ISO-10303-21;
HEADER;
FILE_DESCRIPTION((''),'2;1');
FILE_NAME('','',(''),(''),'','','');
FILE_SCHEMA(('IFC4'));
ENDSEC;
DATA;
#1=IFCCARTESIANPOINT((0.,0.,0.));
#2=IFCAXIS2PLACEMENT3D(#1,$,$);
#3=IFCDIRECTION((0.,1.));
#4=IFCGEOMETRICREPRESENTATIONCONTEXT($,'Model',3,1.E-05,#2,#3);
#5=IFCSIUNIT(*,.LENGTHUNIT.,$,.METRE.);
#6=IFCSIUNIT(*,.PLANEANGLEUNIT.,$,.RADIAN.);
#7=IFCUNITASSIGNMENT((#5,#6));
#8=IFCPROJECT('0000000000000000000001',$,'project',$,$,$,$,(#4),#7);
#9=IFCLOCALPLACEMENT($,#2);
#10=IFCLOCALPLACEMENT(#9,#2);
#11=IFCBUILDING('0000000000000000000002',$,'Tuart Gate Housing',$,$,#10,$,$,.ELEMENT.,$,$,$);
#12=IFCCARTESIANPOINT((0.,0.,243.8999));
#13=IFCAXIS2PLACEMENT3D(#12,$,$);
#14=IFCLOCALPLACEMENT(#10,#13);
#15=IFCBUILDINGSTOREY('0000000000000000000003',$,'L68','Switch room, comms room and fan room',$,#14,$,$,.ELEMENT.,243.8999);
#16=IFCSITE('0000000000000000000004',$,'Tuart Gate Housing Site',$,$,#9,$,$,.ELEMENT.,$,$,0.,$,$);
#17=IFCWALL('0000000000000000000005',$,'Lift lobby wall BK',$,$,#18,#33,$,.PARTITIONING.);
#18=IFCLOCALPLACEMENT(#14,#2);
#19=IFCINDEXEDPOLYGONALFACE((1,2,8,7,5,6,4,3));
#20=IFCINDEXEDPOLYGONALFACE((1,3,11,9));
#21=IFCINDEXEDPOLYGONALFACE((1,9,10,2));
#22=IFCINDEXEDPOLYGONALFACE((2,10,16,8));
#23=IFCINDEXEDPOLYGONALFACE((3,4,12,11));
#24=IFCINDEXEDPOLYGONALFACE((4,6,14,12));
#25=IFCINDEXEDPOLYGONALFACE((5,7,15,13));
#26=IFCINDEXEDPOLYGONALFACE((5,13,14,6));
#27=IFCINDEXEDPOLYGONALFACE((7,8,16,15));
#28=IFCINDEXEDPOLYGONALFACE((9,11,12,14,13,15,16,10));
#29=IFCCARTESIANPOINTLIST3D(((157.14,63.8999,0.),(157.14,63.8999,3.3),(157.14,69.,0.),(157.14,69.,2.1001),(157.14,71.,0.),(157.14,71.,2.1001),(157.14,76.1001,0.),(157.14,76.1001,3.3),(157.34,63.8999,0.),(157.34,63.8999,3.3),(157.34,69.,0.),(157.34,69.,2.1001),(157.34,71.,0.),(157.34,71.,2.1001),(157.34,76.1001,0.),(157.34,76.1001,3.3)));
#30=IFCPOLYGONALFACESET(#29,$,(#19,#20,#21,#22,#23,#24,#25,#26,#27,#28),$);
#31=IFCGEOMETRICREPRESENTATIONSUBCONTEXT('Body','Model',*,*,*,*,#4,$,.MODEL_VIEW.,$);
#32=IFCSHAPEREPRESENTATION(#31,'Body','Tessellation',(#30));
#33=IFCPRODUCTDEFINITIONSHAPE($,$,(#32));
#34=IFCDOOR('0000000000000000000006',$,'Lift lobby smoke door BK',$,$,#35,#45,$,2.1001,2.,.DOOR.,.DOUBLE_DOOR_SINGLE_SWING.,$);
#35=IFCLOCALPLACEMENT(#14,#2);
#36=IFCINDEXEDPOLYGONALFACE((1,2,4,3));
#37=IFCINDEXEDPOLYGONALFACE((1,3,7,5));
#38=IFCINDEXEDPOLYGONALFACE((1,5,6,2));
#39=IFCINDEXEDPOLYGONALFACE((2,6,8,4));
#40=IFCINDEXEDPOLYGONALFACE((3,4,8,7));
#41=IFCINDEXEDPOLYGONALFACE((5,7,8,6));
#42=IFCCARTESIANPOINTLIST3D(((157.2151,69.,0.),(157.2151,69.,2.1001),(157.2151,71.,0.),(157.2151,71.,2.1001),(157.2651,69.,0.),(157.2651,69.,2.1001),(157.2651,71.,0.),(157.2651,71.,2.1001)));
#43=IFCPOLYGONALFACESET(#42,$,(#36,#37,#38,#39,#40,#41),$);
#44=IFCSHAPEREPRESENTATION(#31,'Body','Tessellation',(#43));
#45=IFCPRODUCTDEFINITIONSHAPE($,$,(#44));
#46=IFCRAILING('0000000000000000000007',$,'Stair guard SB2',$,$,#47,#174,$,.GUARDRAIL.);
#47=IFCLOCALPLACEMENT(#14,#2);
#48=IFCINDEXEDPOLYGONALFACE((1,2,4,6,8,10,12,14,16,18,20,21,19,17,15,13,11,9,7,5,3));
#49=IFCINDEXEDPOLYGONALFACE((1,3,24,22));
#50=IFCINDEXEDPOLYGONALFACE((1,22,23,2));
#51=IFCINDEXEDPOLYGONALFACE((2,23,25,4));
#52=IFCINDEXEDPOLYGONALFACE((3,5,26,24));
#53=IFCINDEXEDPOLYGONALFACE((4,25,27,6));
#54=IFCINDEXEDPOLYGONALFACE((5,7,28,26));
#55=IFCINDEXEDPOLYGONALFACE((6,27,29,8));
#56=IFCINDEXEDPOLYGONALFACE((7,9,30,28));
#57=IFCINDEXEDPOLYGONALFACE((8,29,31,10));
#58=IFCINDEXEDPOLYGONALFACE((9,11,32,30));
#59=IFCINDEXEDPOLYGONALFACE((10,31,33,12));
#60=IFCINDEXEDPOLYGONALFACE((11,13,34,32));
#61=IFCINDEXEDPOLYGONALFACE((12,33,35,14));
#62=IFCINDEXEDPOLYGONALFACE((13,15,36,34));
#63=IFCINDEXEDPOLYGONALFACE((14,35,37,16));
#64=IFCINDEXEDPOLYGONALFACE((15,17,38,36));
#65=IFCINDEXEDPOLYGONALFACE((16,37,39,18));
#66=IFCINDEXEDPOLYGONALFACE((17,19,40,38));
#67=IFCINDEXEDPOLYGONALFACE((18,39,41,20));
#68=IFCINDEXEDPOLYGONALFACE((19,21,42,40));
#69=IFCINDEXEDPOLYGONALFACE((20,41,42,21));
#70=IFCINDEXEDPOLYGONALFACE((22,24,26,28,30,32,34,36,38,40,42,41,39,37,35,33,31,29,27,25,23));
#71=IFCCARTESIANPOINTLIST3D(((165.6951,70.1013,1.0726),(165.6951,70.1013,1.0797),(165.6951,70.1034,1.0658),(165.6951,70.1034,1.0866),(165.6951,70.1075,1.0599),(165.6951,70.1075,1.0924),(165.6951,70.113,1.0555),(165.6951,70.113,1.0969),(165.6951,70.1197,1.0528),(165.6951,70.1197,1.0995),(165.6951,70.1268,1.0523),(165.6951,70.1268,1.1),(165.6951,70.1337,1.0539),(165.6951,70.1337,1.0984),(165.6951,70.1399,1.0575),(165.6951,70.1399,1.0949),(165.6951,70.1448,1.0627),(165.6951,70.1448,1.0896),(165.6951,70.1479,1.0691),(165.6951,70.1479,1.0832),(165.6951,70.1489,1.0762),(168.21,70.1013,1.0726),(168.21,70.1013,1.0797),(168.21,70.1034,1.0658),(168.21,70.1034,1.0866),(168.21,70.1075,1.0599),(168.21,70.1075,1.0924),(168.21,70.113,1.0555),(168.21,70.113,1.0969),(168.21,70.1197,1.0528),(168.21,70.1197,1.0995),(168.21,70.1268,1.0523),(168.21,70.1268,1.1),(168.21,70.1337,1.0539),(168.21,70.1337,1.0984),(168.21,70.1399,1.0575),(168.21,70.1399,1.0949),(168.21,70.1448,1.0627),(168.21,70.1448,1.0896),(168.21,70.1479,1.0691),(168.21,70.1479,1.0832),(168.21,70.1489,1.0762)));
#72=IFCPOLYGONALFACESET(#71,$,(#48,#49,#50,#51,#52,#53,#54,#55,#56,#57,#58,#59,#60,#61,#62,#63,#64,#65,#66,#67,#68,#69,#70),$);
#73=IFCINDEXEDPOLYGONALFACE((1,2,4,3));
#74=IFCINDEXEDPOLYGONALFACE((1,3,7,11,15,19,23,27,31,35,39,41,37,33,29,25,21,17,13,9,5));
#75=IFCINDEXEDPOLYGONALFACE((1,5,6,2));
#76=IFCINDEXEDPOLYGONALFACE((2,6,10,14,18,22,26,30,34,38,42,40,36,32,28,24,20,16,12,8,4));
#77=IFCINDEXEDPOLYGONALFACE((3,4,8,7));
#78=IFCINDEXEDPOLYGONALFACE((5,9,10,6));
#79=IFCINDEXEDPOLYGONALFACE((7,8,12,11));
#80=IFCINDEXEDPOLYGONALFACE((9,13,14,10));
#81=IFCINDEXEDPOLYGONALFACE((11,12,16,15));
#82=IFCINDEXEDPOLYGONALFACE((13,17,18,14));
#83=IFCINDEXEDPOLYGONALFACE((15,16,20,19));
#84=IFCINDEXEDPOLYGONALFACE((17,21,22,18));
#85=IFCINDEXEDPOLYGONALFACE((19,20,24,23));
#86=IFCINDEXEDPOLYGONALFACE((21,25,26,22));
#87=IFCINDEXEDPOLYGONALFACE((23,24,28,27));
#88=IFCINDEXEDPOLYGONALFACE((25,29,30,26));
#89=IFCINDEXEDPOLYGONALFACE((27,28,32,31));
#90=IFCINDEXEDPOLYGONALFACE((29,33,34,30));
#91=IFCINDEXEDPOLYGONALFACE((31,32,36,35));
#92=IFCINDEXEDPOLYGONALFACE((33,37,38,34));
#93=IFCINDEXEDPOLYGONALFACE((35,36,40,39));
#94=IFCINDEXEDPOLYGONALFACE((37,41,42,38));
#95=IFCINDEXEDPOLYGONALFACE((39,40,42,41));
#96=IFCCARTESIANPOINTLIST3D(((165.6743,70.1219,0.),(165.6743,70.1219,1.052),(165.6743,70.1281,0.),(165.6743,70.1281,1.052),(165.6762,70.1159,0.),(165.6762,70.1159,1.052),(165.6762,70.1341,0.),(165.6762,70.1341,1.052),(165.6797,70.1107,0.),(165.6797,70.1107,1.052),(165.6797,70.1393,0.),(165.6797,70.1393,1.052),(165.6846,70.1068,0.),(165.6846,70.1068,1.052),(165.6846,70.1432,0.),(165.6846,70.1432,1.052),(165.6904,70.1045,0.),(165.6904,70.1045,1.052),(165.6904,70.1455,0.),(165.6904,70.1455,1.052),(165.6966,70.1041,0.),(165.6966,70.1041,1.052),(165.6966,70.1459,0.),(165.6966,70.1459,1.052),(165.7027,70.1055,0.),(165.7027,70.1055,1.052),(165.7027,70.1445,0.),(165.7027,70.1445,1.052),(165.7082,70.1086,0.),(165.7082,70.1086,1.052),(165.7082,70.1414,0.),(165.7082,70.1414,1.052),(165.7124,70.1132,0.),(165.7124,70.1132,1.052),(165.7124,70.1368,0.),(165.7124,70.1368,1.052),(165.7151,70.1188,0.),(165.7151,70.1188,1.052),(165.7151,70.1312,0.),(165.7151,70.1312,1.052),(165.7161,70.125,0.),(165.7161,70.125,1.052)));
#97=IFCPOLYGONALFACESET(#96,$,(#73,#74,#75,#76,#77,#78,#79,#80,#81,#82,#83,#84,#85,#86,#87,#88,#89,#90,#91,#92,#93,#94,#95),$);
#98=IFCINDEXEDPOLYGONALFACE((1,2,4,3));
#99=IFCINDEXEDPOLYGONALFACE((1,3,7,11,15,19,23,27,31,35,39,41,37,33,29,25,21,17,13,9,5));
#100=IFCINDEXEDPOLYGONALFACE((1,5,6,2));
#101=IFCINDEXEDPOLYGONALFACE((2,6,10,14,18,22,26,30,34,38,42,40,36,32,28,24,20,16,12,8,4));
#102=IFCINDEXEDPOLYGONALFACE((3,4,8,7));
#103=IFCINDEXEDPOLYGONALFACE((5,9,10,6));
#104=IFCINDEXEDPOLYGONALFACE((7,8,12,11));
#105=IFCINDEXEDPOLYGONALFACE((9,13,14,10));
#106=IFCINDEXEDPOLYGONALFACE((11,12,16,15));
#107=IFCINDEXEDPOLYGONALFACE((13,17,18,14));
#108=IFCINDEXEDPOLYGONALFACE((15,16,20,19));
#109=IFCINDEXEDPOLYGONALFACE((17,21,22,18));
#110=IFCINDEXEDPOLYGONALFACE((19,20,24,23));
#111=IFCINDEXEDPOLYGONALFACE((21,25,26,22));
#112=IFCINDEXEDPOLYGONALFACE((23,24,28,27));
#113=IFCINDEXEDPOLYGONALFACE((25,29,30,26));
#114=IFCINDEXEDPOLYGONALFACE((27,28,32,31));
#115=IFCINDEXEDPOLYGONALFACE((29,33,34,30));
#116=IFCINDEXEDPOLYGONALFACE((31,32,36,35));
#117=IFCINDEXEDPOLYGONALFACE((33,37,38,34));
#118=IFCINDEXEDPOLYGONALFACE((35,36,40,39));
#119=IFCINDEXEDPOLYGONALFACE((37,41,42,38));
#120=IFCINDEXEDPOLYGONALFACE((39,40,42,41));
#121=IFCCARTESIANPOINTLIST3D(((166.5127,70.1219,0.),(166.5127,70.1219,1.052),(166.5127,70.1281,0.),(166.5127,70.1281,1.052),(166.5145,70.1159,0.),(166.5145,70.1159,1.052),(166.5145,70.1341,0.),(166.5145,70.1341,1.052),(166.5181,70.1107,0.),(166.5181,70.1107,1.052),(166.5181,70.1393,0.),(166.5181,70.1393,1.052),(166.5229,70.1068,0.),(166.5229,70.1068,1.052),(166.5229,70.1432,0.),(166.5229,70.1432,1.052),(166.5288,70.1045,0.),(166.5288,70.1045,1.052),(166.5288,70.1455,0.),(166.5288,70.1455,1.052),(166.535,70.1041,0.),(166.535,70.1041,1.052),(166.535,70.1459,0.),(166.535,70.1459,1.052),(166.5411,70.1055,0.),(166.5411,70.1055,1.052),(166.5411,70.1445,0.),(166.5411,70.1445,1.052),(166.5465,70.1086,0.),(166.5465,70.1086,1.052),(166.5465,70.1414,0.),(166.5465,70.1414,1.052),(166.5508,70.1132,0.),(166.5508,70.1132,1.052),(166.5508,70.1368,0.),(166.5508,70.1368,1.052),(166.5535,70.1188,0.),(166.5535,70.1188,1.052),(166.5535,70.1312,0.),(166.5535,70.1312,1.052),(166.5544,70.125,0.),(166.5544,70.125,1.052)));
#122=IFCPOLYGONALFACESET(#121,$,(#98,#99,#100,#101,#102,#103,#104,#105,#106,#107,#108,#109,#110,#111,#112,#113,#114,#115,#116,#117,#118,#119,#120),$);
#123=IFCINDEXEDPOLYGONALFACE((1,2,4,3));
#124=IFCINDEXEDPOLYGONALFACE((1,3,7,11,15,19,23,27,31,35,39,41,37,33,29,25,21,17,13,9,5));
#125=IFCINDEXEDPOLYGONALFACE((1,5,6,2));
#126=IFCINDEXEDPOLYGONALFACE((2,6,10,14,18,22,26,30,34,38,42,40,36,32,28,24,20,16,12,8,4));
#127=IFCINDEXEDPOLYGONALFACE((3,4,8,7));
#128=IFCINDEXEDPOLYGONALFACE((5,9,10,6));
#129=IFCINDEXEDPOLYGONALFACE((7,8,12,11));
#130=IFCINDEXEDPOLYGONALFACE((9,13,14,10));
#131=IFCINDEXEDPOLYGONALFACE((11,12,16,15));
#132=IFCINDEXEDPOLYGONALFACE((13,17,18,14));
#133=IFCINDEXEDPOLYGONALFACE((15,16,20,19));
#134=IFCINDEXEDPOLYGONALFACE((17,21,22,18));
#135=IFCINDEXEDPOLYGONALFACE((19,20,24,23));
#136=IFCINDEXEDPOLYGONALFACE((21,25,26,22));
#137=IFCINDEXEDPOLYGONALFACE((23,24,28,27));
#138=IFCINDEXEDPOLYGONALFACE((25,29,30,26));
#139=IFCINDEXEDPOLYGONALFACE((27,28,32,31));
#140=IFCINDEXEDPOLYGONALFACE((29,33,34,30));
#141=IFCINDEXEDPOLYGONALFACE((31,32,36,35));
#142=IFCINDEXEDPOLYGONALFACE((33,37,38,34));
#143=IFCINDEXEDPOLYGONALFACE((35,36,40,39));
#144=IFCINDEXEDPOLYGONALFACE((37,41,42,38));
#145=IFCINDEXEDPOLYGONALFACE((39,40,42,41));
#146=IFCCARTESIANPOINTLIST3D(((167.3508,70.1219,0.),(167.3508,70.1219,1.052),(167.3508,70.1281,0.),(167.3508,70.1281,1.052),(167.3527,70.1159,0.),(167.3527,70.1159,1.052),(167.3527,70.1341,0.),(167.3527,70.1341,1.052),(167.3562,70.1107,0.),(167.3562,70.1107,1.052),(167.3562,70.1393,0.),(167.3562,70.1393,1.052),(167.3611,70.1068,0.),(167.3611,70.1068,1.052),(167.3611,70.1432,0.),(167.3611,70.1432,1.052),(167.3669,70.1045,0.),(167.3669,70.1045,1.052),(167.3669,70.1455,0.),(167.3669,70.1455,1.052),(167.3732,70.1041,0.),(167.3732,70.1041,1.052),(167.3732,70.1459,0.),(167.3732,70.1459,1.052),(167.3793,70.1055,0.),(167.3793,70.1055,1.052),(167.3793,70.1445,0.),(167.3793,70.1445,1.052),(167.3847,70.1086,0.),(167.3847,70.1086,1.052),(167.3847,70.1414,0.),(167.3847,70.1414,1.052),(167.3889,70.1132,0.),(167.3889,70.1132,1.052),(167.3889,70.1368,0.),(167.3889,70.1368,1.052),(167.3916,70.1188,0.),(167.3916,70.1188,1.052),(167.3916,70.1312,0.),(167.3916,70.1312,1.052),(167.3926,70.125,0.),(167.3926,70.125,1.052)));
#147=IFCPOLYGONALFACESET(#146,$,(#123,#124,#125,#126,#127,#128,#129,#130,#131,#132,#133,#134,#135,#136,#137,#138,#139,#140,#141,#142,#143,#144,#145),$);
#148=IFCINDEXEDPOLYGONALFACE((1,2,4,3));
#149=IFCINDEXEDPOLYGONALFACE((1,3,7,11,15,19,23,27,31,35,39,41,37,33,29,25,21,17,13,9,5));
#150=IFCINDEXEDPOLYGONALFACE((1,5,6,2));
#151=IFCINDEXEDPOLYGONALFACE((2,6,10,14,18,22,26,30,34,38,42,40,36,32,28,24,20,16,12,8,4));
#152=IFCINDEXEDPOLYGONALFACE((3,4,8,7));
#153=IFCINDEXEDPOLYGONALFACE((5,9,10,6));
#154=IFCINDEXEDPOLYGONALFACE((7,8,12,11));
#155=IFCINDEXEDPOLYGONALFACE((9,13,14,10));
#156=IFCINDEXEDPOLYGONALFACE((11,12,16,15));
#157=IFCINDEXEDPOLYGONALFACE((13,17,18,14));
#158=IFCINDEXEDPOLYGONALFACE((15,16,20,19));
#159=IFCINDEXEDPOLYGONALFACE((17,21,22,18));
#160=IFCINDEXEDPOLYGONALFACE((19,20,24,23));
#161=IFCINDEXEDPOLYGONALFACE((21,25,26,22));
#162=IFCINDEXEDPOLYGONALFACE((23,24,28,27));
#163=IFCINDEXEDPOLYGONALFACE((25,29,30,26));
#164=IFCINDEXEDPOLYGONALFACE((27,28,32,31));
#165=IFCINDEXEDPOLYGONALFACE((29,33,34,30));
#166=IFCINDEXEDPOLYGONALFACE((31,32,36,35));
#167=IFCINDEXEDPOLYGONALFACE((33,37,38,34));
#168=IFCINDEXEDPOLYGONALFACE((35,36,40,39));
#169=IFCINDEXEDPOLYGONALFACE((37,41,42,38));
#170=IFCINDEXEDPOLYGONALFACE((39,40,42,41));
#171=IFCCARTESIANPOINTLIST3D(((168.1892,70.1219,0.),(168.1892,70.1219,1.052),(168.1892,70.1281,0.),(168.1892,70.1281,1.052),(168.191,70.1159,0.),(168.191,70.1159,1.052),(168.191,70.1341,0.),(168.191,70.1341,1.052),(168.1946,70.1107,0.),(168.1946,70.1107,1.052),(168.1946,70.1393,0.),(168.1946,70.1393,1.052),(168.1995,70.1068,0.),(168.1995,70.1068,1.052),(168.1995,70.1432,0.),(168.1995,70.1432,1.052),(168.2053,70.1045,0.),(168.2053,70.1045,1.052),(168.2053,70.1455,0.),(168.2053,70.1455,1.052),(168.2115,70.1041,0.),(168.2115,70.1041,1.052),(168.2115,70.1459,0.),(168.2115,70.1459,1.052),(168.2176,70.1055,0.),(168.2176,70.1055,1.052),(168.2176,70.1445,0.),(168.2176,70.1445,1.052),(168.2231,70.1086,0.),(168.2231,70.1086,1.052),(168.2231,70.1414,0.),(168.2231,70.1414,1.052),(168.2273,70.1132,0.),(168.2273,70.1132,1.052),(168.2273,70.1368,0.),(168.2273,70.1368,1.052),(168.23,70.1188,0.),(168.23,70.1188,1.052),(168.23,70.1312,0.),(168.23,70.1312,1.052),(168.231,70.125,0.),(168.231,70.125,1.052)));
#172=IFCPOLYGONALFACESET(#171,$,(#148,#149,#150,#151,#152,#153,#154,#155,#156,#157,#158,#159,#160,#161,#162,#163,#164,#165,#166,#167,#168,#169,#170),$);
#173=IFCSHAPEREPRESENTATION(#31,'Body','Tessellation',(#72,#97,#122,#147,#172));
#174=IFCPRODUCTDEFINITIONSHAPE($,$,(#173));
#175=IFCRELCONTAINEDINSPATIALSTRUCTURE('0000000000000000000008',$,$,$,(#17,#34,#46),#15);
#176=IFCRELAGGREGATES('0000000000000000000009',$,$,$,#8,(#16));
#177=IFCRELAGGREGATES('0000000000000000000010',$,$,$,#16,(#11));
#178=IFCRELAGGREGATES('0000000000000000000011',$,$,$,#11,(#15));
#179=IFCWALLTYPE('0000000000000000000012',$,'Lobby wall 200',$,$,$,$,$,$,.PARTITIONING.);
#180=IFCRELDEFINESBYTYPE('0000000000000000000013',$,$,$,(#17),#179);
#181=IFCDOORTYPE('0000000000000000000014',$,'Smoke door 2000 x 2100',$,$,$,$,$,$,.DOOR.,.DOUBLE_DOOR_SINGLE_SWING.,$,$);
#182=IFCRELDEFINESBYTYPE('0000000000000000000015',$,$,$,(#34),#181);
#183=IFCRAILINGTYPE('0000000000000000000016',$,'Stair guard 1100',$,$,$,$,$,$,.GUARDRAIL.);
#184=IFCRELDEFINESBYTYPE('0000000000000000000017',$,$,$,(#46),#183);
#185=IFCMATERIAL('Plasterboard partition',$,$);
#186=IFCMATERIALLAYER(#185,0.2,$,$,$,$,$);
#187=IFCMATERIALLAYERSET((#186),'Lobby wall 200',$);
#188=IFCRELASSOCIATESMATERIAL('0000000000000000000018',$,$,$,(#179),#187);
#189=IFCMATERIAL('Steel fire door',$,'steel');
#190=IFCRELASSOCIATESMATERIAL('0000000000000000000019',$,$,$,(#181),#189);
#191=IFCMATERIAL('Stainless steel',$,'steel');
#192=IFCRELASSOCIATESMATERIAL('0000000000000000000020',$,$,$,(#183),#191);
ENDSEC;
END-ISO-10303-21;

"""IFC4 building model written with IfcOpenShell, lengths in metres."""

from ifc_helpers import new_model, si_unit, direction, frame, frame_2d, origin, origin_2d, place, context, subcontext, project, spatial, rectangle, circle, extrude, material, layer, layer_set, type_object, element, fill, save


model = new_model("IFC4")

# Units and contexts
model_context = context("Model", 3, precision=1e-05, world=origin(), true_north=direction((0.0, 1.0)))
body_context = subcontext(model_context, "Body", "Model", "MODEL_VIEW")
ifc_project = project(units=[si_unit("LENGTHUNIT", "METRE"), si_unit("PLANEANGLEUNIT", "RADIAN")], contexts=[model_context])

# Site, building, storey
site_placement = place(None, origin())
site = spatial("IfcSite", under=ifc_project, at=site_placement, Name="Tuart Gate Housing Site", CompositionType="ELEMENT", RefElevation=0.0)
building_placement = place(site_placement, origin())
building = spatial("IfcBuilding", under=site, at=building_placement, Name="Tuart Gate Housing", CompositionType="ELEMENT")
storey_placement = place(building_placement, frame((0.0, 0.0, 243.8999)))
storey = spatial("IfcBuildingStorey", under=building, at=storey_placement, Name="L68", Description="Switch room, comms room and fan room", CompositionType="ELEMENT", Elevation=243.8999)

# Wall, opening, door
ifc_material_1 = material(Name="Plasterboard partition")
ifc_layer_1 = layer(ifc_material_1, 0.2)
ifc_layer_set_1 = layer_set([ifc_layer_1], Name="Lobby wall 200")
wall_type_1 = type_object("IfcWallType", Name="Lobby wall 200", PredefinedType="PARTITIONING", material=ifc_layer_set_1)
wall_1_placement = place(storey_placement, frame((157.24, 63.8999, 0.0), z_axis=(0.0, 0.0, 1.0), x_axis=(0.0, 1.0, 0.0)))
wall_1 = element("IfcWall", 1, at=wall_1_placement, inside=storey, type_object=wall_type_1, Name="Lift lobby wall BK", PredefinedType="PARTITIONING", context=body_context, shape_type="SweptSolid", body=[
    extrude(rectangle(XDim=12.2002, YDim=0.2, at=frame_2d((6.1001, 0.0))), origin(), (0.0, 0.0, 1.0), 3.3),
])
opening_1_placement = place(wall_1_placement, frame((5.1001, 0.0, 0.0)))
opening_1 = element("IfcOpeningElement", 2, at=opening_1_placement, cuts=wall_1, PredefinedType="OPENING", context=body_context, shape_type="SweptSolid", body=[
    extrude(rectangle(XDim=2.0, YDim=2.1001, at=frame_2d((1.0, 1.05))), frame((0.0, 0.1099, 0.0), z_axis=(0.0, -1.0, 0.0), x_axis=(1.0, 0.0, 0.0)), (0.0, 0.0, 1.0), 0.22),
])
ifc_material_2 = material(Name="Steel fire door", Category="steel")
door_type_1 = type_object("IfcDoorType", Name="Smoke door 2000 x 2100", OperationType="DOUBLE_DOOR_SINGLE_SWING", PredefinedType="DOOR", material=ifc_material_2)
door_1_placement = place(opening_1_placement, frame((2.0, 0.0, 0.0), z_axis=(0.0, 0.0, 1.0), x_axis=(-1.0, 0.0, 0.0)))
door_1 = element("IfcDoor", 3, at=door_1_placement, inside=storey, type_object=door_type_1, Name="Lift lobby smoke door BK", OperationType="DOUBLE_DOOR_SINGLE_SWING", OverallHeight=2.1001, OverallWidth=2.0, PredefinedType="DOOR", context=body_context, shape_type="SweptSolid", body=[
    extrude(rectangle(XDim=2.0, YDim=2.1001, at=frame_2d((1.0, 1.05))), frame((0.0, 0.0251, 0.0), z_axis=(0.0, -1.0, 0.0), x_axis=(1.0, 0.0, 0.0)), (0.0, 0.0, 1.0), 0.05),
])
fill(opening_1, door_1)

# Railing
ifc_material_3 = material(Name="Stainless steel", Category="steel")
railing_type = type_object("IfcRailingType", Name="Stair guard 1100", PredefinedType="GUARDRAIL", material=ifc_material_3)
railing_placement = place(storey_placement, frame((165.6951, 70.125, 0.0)))
element("IfcRailing", 4, at=railing_placement, inside=storey, type_object=railing_type, Name="Stair guard SB2", PredefinedType="GUARDRAIL", context=body_context, shape_type="SweptSolid", body=[
    extrude(circle(Radius=0.0239, at=origin_2d()), frame((0.0, 0.0, 1.0762), z_axis=(1.0, 0.0, 0.0), x_axis=(0.0, 1.0, 0.0)), (0.0, 0.0, 1.0), 2.5149),
    extrude(circle(Radius=0.021, at=origin_2d()), origin(), (0.0, 0.0, 1.0), 1.052),
    extrude(circle(Radius=0.021, at=origin_2d()), frame((0.8384, 0.0, 0.0)), (0.0, 0.0, 1.0), 1.052),
    extrude(circle(Radius=0.021, at=origin_2d()), frame((1.6765, 0.0, 0.0)), (0.0, 0.0, 1.0), 1.052),
    extrude(circle(Radius=0.021, at=origin_2d()), frame((2.5149, 0.0, 0.0)), (0.0, 0.0, 1.0), 1.052),
])

save(model, "model.ifc")
